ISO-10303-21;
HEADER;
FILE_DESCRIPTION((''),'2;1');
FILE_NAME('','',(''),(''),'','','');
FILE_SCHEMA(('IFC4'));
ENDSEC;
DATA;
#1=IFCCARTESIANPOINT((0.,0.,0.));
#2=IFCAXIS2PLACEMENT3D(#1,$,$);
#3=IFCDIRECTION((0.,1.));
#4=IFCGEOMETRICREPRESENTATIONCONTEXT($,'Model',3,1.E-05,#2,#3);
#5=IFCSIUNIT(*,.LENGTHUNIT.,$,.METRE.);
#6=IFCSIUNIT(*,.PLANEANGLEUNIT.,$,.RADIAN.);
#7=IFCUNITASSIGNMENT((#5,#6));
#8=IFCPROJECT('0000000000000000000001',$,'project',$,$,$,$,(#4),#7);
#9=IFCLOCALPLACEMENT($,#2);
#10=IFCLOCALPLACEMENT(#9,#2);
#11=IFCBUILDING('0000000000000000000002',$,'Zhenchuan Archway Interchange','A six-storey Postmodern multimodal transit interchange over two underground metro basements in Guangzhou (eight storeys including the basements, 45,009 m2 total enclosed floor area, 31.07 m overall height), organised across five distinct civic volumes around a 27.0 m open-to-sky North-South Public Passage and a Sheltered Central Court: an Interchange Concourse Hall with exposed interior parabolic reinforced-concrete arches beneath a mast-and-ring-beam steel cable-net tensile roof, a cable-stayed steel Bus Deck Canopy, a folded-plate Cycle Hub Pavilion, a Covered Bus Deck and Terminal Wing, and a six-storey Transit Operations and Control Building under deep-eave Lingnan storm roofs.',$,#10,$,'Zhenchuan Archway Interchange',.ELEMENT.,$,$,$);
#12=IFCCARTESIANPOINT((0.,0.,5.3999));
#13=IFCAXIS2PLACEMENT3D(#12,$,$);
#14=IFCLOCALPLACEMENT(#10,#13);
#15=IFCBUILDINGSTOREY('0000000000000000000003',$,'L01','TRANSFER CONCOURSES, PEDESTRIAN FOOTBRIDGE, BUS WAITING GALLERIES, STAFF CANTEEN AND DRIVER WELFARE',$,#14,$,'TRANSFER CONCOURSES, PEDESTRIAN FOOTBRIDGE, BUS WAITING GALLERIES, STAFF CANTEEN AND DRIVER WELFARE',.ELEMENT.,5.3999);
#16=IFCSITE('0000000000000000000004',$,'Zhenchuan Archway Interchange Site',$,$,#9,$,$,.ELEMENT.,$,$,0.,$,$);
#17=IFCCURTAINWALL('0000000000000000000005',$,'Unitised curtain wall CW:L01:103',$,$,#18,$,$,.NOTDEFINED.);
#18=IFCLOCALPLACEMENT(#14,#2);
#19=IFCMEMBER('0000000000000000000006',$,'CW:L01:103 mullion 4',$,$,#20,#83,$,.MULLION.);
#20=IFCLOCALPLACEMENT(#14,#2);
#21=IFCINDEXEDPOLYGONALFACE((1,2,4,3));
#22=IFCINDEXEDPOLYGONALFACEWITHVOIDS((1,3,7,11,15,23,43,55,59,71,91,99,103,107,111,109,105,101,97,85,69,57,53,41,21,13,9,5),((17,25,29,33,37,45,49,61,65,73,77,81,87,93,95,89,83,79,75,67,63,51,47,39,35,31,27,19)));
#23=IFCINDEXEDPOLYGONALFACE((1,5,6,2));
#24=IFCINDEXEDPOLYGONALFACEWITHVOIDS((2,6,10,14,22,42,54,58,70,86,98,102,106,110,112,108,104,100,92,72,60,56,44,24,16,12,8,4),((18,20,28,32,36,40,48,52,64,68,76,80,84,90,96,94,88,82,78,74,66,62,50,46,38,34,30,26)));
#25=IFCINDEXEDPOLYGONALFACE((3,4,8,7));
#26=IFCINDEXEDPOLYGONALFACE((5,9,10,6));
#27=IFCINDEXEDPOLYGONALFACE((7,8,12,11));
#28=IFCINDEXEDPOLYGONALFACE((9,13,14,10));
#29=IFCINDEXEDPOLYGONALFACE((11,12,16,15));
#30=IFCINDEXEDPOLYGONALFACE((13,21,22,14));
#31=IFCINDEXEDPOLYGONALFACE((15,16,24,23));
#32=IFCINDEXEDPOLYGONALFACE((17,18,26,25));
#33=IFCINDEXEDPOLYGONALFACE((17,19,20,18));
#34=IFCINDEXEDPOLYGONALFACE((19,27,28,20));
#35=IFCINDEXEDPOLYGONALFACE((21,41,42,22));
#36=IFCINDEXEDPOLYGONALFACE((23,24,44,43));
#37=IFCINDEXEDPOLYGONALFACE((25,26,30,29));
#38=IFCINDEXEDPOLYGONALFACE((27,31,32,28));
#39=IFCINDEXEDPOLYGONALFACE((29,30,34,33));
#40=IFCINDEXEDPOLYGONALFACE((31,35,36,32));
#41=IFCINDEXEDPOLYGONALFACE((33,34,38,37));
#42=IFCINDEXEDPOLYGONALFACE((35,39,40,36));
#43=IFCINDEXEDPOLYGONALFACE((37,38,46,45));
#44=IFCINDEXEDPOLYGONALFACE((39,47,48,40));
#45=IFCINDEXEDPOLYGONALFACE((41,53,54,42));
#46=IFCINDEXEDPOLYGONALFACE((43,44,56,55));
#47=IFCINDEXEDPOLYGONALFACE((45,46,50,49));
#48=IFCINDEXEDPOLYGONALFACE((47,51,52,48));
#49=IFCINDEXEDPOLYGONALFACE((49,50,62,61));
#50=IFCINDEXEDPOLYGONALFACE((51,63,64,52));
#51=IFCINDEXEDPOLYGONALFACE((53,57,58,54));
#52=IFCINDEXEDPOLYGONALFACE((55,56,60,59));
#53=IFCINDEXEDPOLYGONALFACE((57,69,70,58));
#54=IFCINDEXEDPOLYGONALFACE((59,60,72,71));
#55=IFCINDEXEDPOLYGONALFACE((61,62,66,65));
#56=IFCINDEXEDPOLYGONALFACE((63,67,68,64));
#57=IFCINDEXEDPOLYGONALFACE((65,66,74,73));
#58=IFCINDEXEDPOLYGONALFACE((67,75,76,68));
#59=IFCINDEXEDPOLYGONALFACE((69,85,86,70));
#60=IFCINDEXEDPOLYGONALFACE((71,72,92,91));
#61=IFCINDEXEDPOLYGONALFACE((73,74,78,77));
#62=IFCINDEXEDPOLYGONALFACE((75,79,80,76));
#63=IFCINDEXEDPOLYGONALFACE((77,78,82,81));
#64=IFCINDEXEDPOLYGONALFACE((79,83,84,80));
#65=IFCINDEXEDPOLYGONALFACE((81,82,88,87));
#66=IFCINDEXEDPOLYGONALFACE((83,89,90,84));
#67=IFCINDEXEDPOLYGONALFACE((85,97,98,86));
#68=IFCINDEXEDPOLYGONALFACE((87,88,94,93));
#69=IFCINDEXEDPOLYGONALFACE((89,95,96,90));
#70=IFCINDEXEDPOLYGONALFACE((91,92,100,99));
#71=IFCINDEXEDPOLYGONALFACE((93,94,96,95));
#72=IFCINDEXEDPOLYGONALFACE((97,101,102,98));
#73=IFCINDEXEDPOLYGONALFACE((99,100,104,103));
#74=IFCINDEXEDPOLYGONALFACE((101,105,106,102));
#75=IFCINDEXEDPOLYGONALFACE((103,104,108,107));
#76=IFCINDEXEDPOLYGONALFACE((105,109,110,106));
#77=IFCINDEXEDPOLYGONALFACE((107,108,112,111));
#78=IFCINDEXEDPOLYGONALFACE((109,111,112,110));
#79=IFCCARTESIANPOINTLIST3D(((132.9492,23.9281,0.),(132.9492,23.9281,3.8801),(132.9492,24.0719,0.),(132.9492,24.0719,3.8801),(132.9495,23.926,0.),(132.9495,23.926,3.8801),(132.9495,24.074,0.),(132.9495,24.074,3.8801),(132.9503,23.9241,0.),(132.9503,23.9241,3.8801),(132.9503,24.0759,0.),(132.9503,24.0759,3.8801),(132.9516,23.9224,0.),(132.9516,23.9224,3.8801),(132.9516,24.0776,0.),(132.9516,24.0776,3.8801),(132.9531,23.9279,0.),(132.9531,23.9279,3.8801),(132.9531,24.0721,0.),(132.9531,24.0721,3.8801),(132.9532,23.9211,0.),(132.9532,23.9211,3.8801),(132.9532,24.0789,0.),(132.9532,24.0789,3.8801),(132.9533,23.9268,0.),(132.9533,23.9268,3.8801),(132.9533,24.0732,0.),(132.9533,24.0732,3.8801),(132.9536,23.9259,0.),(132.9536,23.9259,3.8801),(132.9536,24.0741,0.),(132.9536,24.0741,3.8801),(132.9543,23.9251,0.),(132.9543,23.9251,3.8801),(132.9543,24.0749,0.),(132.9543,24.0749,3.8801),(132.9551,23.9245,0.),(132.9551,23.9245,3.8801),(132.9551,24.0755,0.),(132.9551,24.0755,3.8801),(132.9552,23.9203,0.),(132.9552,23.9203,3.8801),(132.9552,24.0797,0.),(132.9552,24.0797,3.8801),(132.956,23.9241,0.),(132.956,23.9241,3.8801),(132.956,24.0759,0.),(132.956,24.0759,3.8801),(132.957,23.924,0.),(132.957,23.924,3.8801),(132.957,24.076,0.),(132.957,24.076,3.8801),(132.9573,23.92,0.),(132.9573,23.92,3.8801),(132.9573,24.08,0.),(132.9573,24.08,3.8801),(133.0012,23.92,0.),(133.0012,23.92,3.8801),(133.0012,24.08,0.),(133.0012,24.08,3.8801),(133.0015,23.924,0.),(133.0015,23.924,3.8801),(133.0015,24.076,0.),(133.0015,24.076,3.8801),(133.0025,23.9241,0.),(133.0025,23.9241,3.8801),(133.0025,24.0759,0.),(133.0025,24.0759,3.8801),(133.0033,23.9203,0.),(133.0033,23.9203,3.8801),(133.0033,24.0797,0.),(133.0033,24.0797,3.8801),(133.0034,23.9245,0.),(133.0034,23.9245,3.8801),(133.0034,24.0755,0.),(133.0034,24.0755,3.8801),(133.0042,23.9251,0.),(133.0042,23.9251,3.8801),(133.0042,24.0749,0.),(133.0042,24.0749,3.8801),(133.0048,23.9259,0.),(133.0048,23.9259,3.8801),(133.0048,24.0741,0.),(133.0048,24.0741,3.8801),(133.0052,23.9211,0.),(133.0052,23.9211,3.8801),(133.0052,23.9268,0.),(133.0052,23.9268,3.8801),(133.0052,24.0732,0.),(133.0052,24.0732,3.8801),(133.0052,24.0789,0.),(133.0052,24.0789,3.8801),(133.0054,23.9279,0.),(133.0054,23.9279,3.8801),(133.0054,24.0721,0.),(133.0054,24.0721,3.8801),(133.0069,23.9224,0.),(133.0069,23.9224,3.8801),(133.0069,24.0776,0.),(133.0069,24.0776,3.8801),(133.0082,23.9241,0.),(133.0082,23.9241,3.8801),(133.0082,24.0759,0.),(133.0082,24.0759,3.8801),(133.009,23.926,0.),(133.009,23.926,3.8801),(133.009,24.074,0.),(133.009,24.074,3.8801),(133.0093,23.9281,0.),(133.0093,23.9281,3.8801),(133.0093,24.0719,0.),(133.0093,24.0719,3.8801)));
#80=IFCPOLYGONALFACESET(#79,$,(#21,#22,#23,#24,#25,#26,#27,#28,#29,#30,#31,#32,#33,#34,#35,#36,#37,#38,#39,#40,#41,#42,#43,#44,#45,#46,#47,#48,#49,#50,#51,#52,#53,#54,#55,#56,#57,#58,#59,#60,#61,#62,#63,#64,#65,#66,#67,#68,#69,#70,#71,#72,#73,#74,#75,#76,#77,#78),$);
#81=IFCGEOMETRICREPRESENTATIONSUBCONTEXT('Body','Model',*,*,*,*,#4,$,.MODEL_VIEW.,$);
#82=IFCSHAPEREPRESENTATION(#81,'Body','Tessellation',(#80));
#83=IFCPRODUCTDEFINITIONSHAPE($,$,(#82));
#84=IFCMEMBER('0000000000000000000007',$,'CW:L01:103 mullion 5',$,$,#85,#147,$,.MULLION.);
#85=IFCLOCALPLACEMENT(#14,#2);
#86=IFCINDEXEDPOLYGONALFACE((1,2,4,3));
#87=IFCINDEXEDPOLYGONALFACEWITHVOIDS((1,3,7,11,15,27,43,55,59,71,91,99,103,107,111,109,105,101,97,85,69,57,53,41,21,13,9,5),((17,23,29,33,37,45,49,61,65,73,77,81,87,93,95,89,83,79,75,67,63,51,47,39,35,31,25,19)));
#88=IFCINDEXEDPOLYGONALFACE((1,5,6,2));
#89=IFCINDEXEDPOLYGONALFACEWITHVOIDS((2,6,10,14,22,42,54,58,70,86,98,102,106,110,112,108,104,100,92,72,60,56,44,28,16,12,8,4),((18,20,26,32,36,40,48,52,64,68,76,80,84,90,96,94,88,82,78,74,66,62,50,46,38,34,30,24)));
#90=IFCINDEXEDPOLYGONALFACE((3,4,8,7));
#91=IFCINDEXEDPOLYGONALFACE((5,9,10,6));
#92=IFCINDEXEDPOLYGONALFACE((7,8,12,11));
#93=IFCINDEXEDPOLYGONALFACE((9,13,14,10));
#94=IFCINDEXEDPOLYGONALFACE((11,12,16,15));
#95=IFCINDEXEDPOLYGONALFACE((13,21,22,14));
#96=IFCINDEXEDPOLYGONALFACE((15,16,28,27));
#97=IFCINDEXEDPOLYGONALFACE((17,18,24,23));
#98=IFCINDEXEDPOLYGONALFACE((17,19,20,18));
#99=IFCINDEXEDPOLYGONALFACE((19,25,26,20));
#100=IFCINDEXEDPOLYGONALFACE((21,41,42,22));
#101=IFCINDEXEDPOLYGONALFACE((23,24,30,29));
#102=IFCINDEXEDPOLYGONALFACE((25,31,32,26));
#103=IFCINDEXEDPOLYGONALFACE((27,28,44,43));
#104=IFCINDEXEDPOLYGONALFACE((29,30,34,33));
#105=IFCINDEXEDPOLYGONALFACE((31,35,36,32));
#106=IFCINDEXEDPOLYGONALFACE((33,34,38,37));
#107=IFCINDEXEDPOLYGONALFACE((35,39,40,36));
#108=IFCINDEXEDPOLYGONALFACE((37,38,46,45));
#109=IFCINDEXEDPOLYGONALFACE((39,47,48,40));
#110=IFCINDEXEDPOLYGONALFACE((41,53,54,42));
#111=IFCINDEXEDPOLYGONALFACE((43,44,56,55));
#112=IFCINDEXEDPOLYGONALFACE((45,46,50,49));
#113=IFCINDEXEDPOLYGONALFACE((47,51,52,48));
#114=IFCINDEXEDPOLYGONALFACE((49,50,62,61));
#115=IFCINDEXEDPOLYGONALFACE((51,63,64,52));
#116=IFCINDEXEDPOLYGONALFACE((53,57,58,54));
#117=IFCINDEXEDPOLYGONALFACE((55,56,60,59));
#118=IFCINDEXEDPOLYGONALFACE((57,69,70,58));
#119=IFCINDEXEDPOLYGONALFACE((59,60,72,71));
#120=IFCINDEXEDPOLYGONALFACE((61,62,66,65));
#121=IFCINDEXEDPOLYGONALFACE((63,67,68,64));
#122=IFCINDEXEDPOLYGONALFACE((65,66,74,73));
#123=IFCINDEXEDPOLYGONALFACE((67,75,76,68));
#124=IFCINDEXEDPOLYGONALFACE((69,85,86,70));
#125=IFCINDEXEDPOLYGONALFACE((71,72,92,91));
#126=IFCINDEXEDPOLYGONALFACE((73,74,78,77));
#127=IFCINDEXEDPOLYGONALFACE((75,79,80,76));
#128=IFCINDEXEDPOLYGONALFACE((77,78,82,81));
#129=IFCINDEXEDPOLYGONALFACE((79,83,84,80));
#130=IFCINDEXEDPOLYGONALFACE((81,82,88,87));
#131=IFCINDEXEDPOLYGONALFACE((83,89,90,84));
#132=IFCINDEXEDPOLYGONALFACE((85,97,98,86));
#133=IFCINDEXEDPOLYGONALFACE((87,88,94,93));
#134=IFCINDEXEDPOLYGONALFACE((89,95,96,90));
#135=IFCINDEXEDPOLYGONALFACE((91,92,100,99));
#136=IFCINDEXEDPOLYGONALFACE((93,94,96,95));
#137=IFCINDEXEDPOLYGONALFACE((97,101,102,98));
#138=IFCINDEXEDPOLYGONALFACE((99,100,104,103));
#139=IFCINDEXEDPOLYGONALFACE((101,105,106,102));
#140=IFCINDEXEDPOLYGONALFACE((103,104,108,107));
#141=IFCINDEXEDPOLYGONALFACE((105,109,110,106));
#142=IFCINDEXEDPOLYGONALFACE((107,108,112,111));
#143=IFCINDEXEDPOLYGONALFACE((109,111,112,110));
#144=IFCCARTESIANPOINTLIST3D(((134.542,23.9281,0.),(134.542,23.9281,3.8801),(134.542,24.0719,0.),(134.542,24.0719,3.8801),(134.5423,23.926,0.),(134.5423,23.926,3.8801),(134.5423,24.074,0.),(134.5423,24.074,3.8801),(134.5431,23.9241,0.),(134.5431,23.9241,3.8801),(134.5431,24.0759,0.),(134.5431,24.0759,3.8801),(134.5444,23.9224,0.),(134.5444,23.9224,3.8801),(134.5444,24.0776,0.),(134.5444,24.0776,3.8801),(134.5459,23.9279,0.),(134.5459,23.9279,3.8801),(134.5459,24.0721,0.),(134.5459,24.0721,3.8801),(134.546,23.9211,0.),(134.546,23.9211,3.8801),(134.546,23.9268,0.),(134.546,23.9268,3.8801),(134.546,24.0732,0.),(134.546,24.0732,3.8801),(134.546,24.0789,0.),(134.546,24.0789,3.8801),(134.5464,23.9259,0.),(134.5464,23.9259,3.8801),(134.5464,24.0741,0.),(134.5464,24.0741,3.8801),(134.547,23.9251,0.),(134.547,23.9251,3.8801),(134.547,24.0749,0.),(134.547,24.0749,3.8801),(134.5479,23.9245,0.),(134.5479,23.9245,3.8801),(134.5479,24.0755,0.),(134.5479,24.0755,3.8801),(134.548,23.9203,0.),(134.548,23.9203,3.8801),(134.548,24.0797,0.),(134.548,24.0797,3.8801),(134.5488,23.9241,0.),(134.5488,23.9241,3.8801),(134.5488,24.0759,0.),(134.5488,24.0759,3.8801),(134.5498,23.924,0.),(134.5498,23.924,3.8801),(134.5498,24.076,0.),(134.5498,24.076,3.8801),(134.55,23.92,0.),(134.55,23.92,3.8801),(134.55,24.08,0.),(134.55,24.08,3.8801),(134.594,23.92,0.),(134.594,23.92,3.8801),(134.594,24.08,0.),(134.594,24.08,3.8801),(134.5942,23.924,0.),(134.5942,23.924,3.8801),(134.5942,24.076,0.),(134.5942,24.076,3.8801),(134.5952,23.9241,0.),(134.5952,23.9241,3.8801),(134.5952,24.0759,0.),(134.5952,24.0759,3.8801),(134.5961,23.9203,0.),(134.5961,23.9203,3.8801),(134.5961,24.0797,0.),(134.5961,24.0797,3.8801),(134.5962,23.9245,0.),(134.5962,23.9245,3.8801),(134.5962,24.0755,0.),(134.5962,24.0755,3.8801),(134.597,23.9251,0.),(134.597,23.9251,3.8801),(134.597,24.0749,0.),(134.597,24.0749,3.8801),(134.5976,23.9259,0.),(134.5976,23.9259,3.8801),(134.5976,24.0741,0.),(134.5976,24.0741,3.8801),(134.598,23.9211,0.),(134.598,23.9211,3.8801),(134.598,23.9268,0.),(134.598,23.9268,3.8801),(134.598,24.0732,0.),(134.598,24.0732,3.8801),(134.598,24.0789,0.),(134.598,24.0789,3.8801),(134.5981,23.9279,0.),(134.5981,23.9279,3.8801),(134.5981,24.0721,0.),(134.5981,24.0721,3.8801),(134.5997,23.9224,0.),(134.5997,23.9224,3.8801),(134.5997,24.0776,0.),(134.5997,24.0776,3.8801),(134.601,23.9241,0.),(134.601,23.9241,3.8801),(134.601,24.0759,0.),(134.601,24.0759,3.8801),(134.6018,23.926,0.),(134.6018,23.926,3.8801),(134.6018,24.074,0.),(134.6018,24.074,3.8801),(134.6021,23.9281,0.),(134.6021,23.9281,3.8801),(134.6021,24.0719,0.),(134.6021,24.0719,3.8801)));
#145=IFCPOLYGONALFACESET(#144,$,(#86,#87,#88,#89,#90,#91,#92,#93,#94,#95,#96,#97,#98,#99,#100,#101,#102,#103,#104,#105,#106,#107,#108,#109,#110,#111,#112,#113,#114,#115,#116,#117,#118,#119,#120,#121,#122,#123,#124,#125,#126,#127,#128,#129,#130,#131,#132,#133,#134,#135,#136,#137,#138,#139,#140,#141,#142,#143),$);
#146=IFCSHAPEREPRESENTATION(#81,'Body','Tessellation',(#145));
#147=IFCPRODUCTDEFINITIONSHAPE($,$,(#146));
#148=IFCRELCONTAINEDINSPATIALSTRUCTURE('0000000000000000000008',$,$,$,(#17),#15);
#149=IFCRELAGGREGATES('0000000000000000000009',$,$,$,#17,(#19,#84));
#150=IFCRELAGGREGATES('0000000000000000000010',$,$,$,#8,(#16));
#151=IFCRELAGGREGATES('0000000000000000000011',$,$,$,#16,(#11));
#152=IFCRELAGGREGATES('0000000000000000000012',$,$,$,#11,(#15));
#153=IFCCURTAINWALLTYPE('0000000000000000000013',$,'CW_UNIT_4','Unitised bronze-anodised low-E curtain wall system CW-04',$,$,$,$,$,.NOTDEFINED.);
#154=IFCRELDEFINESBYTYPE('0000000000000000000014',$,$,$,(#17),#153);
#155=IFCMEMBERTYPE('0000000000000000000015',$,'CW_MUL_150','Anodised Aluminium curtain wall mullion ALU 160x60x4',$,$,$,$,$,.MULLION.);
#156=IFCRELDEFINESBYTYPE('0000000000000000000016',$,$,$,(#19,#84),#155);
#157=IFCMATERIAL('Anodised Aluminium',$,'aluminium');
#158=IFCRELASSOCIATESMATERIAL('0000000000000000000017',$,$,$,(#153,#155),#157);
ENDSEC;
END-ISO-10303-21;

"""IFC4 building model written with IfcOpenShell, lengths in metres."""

from ifc_helpers import new_model, si_unit, direction, frame, origin, origin_2d, place, context, subcontext, project, spatial, hollow_rectangle, extrude, material, material_profile, profile_set, type_object, element, aggregate, save


model = new_model("IFC4")

# Units and contexts
model_context = context("Model", 3, precision=1e-05, world=origin(), true_north=direction((0.0, 1.0)))
body_context = subcontext(model_context, "Body", "Model", "MODEL_VIEW")
ifc_project = project(units=[si_unit("LENGTHUNIT", "METRE"), si_unit("PLANEANGLEUNIT", "RADIAN")], contexts=[model_context])

# Site, building, storey
site_placement = place(None, origin())
site = spatial("IfcSite", under=ifc_project, at=site_placement, Name="Zhenchuan Archway Interchange Site", CompositionType="ELEMENT", RefElevation=0.0)
building_placement = place(site_placement, origin())
building = spatial("IfcBuilding", under=site, at=building_placement, Name="Zhenchuan Archway Interchange", Description="A six-storey Postmodern multimodal transit interchange over two underground metro basements in Guangzhou (eight storeys including the basements, 45,009 m2 total enclosed floor area, 31.07 m overall height), organised across five distinct civic volumes around a 27.0 m open-to-sky North-South Public Passage and a Sheltered Central Court: an Interchange Concourse Hall with exposed interior parabolic reinforced-concrete arches beneath a mast-and-ring-beam steel cable-net tensile roof, a cable-stayed steel Bus Deck Canopy, a folded-plate Cycle Hub Pavilion, a Covered Bus Deck and Terminal Wing, and a six-storey Transit Operations and Control Building under deep-eave Lingnan storm roofs.", LongName="Zhenchuan Archway Interchange", CompositionType="ELEMENT")
storey_placement = place(building_placement, frame((0.0, 0.0, 5.3999)))
storey = spatial("IfcBuildingStorey", under=building, at=storey_placement, Name="L01", Description="TRANSFER CONCOURSES, PEDESTRIAN FOOTBRIDGE, BUS WAITING GALLERIES, STAFF CANTEEN AND DRIVER WELFARE", LongName="TRANSFER CONCOURSES, PEDESTRIAN FOOTBRIDGE, BUS WAITING GALLERIES, STAFF CANTEEN AND DRIVER WELFARE", CompositionType="ELEMENT", Elevation=5.3999)

# Curtain wall, members
ifc_material_1 = material(Name="Anodised Aluminium", Category="aluminium")
curtain_wall_type_1 = type_object("IfcCurtainWallType", Name="CW_UNIT_4", Description="Unitised bronze-anodised low-E curtain wall system CW-04", PredefinedType="NOTDEFINED", material=ifc_material_1)
curtain_wall_1_placement = place(storey_placement, origin())
curtain_wall_1 = element("IfcCurtainWall", 1, at=curtain_wall_1_placement, inside=storey, type_object=curtain_wall_type_1, Name="Unitised curtain wall CW:L01:103", PredefinedType="NOTDEFINED")
ifc_material_profile_1 = material_profile(ifc_material_1, hollow_rectangle(XDim=0.0601, YDim=0.1599, WallThickness=0.0039, InnerFilletRadius=0.0039, OuterFilletRadius=0.0081, at=origin_2d()), Name="ALU 160x60x4")
ifc_profile_set_1 = profile_set([ifc_material_profile_1], Name="Anodised Aluminium")
member_type_1 = type_object("IfcMemberType", Name="CW_MUL_150", Description="Anodised Aluminium curtain wall mullion ALU 160x60x4", PredefinedType="MULLION", material=ifc_profile_set_1)
member_1_placement = place(storey_placement, frame((132.9792, 24.0, 0.0), z_axis=(0.0, 0.0, 1.0), x_axis=(1.0, 0.0, 0.0)))
member_1 = element("IfcMember", 2, at=member_1_placement, type_object=member_type_1, Name="CW:L01:103 mullion 4", PredefinedType="MULLION", context=body_context, shape_type="SweptSolid", body=[
    extrude(hollow_rectangle(XDim=0.0601, YDim=0.1599, WallThickness=0.0039, InnerFilletRadius=0.0039, OuterFilletRadius=0.0081, at=origin_2d()), origin(), (0.0, 0.0, 1.0), 3.8801),
])
member_2_placement = place(storey_placement, frame((134.572, 24.0, 0.0), z_axis=(0.0, 0.0, 1.0), x_axis=(1.0, 0.0, 0.0)))
member_2 = element("IfcMember", 3, at=member_2_placement, type_object=member_type_1, Name="CW:L01:103 mullion 5", PredefinedType="MULLION", context=body_context, shape_type="SweptSolid", body=[
    extrude(hollow_rectangle(XDim=0.0601, YDim=0.1599, WallThickness=0.0039, InnerFilletRadius=0.0039, OuterFilletRadius=0.0081, at=origin_2d()), origin(), (0.0, 0.0, 1.0), 3.8801),
])

aggregate(curtain_wall_1, [member_1, member_2])

save(model, "model.ifc")
